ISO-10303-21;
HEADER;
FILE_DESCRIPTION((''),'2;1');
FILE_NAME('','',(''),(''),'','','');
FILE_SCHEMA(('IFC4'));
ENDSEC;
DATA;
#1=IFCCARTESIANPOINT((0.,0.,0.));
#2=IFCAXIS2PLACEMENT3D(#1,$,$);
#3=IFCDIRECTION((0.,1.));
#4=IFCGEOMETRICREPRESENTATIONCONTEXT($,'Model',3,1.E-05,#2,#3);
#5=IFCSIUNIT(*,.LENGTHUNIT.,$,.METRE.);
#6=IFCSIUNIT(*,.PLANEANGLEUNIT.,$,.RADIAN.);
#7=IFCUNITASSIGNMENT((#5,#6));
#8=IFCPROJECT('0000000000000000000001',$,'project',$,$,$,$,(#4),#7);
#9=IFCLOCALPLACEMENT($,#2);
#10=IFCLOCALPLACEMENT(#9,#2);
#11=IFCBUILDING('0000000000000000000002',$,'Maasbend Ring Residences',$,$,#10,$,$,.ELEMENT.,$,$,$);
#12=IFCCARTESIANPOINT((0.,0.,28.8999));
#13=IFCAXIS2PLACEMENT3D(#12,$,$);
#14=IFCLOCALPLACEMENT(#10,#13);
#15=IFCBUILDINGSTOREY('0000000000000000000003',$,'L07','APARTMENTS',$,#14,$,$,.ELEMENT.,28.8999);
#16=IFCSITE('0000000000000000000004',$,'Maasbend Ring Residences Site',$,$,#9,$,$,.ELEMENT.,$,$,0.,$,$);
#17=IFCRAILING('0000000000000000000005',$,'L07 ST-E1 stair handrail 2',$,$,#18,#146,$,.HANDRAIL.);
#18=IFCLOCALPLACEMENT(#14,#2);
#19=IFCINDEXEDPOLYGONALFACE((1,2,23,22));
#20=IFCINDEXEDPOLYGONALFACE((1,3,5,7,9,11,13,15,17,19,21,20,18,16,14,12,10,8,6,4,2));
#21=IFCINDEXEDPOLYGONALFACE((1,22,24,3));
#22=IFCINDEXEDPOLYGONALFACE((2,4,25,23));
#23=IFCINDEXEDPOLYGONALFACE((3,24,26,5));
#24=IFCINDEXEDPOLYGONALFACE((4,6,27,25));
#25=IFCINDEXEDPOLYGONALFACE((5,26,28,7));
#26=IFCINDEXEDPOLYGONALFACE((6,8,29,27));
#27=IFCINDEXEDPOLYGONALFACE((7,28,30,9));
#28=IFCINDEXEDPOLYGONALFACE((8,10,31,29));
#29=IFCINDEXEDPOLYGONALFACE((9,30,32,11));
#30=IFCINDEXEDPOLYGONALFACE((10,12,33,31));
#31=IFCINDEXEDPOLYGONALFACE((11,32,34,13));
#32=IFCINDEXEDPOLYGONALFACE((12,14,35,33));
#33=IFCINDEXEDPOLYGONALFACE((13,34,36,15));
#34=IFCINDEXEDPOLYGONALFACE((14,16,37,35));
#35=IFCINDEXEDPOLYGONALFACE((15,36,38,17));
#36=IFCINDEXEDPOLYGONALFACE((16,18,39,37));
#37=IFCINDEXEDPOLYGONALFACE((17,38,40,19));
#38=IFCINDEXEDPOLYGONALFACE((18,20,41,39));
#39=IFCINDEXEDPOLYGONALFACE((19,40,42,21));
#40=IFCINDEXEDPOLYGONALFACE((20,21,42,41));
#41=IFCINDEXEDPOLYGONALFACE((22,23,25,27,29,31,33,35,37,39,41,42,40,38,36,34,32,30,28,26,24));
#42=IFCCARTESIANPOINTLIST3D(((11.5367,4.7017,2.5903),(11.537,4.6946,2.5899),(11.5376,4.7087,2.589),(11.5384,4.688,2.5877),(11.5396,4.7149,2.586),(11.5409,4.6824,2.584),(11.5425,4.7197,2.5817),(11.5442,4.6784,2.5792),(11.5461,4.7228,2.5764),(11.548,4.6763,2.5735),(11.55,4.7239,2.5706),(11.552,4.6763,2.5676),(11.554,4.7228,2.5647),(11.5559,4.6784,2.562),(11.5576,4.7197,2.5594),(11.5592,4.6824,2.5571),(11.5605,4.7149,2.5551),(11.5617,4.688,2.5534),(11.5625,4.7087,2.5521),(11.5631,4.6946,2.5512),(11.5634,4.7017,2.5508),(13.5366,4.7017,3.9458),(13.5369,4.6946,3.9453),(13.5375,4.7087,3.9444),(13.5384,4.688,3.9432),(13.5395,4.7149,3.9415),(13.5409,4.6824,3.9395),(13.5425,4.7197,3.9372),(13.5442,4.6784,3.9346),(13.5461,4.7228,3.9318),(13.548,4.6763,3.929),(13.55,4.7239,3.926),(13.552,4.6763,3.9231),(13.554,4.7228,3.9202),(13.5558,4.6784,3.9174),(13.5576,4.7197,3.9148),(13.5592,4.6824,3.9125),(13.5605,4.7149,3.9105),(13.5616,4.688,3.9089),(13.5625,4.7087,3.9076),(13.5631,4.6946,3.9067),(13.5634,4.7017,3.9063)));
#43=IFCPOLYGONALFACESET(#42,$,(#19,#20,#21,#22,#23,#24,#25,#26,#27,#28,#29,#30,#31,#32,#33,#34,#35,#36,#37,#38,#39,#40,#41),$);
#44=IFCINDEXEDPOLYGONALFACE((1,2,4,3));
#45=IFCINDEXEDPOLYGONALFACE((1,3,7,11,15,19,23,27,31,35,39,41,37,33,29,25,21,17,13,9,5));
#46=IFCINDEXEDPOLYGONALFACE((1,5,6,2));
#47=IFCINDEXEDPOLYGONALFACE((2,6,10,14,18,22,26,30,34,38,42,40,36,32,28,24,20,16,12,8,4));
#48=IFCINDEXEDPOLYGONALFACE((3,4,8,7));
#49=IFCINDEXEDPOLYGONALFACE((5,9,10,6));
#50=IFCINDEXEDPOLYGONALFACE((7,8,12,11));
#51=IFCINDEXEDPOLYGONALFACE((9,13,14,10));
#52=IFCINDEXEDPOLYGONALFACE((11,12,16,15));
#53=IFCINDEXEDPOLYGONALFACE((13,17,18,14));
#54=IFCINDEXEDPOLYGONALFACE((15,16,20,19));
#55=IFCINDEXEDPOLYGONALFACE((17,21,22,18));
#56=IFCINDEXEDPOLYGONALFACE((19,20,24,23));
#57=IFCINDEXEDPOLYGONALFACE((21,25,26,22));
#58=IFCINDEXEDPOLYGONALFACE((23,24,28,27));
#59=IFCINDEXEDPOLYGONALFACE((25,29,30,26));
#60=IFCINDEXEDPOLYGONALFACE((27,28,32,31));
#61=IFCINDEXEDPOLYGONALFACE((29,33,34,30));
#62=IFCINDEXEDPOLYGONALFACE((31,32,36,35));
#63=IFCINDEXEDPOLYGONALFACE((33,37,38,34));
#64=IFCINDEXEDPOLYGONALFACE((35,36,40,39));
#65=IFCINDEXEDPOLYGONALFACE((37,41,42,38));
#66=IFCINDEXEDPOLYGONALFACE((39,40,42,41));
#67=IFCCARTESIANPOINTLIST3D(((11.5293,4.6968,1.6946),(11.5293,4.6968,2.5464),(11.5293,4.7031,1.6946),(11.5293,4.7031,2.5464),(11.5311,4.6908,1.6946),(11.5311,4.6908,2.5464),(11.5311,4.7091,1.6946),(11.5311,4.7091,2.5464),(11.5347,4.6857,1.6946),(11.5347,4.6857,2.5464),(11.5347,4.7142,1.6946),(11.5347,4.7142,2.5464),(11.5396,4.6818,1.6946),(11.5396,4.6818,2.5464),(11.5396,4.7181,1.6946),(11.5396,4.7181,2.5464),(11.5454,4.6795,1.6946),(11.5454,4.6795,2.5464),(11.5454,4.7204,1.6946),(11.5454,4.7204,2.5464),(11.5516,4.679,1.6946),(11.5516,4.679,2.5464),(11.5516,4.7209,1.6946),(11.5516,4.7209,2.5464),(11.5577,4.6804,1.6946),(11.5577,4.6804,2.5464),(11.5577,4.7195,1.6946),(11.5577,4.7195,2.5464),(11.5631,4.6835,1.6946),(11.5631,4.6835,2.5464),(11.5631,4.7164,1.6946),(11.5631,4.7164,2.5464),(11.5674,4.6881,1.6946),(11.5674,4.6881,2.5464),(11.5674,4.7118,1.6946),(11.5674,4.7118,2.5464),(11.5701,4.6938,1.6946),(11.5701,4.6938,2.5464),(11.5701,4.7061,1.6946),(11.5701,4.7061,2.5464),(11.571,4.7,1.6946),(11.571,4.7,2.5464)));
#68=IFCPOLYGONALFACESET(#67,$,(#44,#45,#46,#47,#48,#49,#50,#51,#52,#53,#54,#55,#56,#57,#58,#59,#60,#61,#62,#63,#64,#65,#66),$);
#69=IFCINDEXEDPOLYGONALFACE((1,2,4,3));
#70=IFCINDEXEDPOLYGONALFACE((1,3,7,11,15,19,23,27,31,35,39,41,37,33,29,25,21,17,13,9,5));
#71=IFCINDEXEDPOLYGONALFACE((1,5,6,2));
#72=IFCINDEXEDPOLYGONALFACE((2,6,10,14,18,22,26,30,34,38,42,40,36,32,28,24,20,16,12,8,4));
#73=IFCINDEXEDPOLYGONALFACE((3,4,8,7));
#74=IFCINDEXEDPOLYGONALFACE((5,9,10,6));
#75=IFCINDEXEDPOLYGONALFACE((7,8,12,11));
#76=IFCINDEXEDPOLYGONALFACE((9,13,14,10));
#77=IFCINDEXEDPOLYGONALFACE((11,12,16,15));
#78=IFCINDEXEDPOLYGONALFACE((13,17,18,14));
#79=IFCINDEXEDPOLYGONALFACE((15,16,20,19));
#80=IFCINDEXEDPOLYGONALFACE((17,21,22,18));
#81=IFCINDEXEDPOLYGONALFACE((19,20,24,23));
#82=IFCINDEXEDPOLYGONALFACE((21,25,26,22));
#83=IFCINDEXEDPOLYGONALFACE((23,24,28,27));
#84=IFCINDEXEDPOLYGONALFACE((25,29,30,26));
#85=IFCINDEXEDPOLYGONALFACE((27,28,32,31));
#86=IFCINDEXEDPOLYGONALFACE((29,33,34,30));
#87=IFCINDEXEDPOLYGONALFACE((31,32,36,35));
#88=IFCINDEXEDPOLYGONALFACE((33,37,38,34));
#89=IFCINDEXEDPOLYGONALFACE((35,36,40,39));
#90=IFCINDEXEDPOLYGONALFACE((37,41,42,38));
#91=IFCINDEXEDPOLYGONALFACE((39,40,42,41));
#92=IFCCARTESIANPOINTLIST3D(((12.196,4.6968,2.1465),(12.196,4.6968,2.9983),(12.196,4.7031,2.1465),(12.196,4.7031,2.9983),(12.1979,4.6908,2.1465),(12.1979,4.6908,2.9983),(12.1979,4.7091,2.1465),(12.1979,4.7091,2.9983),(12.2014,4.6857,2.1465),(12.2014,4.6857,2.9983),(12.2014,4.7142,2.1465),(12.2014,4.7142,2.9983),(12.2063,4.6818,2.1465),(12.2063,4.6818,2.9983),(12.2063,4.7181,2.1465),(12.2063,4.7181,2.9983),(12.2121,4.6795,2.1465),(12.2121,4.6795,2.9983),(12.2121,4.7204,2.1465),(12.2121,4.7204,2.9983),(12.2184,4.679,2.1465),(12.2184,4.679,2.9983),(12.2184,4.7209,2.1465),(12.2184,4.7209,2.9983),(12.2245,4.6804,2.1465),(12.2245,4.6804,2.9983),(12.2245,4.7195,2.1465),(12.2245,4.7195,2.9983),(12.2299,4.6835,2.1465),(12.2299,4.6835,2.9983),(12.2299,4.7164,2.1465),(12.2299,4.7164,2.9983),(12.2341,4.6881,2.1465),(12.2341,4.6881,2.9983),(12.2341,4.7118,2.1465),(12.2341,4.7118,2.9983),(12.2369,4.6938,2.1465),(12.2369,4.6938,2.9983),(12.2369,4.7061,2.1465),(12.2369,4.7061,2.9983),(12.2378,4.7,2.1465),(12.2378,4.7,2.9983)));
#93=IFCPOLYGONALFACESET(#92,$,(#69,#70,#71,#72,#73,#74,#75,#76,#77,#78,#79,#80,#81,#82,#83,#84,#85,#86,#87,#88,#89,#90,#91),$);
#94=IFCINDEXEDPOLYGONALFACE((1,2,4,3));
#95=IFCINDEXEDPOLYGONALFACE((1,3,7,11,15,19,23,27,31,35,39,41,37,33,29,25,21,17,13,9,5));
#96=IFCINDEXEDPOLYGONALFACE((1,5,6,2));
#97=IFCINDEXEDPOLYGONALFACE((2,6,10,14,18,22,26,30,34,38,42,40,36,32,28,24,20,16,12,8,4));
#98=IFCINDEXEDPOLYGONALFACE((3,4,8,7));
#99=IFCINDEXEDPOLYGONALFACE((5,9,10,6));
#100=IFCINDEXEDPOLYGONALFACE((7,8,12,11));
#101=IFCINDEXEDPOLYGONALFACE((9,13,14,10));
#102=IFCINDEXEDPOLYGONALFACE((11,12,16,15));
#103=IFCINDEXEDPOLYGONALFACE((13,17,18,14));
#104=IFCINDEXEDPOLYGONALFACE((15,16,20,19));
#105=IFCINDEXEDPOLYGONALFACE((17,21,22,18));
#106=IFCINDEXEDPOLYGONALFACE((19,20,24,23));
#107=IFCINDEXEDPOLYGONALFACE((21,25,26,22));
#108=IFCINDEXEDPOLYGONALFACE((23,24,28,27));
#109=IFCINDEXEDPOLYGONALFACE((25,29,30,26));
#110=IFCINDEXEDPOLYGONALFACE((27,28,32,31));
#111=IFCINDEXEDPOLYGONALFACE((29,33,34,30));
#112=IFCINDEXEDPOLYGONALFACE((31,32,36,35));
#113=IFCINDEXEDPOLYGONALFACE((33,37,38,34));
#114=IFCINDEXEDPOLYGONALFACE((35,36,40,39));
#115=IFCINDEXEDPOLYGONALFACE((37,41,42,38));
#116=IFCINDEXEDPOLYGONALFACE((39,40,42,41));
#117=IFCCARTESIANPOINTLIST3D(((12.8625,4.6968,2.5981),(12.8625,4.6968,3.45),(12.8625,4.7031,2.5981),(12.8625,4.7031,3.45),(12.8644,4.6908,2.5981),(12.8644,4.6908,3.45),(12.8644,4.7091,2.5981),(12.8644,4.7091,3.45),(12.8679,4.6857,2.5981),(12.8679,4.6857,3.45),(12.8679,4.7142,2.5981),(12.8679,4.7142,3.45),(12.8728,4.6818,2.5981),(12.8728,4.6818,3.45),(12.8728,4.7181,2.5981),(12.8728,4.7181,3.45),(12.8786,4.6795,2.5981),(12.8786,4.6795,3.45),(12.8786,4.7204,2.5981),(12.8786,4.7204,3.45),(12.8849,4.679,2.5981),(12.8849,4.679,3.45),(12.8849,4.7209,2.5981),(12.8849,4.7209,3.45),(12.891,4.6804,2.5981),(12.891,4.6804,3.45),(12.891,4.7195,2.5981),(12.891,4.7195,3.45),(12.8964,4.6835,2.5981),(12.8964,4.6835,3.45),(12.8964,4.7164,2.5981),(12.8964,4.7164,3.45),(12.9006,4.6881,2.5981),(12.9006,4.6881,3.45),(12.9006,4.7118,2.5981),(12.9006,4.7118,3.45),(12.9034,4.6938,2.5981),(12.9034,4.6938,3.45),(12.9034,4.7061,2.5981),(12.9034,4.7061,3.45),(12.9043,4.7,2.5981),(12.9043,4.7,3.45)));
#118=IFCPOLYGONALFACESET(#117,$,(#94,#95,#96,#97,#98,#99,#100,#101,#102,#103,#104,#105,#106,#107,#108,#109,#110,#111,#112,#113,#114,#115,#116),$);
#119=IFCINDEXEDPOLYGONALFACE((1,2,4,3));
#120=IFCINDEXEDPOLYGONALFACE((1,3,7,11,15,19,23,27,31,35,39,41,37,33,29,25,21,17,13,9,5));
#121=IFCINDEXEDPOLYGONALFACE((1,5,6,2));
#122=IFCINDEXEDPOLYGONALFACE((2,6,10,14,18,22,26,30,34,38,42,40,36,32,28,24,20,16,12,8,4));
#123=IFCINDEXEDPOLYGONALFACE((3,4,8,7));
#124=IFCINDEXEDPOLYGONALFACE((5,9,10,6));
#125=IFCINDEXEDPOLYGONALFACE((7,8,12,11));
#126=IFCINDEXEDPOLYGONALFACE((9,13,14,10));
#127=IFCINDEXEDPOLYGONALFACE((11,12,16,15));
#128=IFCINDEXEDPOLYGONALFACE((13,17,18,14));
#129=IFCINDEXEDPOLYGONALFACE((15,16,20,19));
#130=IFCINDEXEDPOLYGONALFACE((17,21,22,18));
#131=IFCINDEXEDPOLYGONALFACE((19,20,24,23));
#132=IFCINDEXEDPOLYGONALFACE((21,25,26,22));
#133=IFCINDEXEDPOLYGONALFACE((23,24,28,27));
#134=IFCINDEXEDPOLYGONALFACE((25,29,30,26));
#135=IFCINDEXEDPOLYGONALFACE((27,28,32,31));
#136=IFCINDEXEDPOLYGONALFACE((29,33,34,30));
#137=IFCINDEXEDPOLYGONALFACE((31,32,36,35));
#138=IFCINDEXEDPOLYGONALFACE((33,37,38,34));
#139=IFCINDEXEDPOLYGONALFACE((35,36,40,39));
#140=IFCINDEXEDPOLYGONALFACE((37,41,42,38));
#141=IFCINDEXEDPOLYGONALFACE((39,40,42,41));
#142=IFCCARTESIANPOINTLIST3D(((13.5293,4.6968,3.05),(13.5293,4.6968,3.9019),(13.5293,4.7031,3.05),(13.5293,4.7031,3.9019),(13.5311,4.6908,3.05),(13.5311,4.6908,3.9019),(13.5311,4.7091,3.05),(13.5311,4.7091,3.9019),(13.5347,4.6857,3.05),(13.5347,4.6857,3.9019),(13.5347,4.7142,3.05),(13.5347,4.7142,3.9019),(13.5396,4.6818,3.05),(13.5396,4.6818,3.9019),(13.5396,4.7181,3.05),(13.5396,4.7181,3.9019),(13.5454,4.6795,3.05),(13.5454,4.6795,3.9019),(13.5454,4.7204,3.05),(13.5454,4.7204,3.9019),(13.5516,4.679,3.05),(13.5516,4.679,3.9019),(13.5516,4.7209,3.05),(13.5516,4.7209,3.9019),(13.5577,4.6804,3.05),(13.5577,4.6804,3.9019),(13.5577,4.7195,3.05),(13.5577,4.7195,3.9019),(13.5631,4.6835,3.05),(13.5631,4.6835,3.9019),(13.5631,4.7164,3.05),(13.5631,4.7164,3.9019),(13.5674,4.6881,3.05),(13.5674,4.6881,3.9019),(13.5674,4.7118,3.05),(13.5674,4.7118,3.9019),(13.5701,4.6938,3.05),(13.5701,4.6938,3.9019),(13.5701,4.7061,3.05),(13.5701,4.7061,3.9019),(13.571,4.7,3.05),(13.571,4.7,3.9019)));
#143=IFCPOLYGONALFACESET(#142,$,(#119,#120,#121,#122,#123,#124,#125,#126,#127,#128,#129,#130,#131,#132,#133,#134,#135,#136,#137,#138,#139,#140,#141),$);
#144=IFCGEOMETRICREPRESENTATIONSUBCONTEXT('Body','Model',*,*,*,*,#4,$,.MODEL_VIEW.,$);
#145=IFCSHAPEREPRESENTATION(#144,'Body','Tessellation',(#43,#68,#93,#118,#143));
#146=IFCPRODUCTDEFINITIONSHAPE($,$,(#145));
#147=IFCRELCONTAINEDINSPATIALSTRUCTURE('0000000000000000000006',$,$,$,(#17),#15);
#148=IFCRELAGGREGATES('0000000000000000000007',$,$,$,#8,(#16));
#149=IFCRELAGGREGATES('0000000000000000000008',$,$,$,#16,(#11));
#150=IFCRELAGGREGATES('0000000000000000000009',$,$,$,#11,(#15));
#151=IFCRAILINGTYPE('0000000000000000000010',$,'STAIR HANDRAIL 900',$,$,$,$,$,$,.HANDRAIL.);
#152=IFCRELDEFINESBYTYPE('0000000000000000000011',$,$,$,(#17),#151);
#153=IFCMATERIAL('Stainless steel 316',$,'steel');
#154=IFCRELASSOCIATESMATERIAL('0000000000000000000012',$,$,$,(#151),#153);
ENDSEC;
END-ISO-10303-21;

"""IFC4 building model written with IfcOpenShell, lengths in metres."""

from ifc_helpers import new_model, si_unit, direction, frame, origin, origin_2d, place, context, subcontext, project, spatial, circle, extrude, material, type_object, element, save


model = new_model("IFC4")

# Units and contexts
model_context = context("Model", 3, precision=1e-05, world=origin(), true_north=direction((0.0, 1.0)))
body_context = subcontext(model_context, "Body", "Model", "MODEL_VIEW")
ifc_project = project(units=[si_unit("LENGTHUNIT", "METRE"), si_unit("PLANEANGLEUNIT", "RADIAN")], contexts=[model_context])

# Site, building, storey
site_placement = place(None, origin())
site = spatial("IfcSite", under=ifc_project, at=site_placement, Name="Maasbend Ring Residences Site", CompositionType="ELEMENT", RefElevation=0.0)
building_placement = place(site_placement, origin())
building = spatial("IfcBuilding", under=site, at=building_placement, Name="Maasbend Ring Residences", CompositionType="ELEMENT")
storey_placement = place(building_placement, frame((0.0, 0.0, 28.8999)))
storey = spatial("IfcBuildingStorey", under=building, at=storey_placement, Name="L07", Description="APARTMENTS", CompositionType="ELEMENT", Elevation=28.8999)

# Railing
ifc_material_1 = material(Name="Stainless steel 316", Category="steel")
railing_type_1 = type_object("IfcRailingType", Name="STAIR HANDRAIL 900", PredefinedType="HANDRAIL", material=ifc_material_1)
railing_1_placement = place(storey_placement, frame((11.55, 4.7, 1.6946)))
element("IfcRailing", 1, at=railing_1_placement, inside=storey, type_object=railing_type_1, Name="L07 ST-E1 stair handrail 2", PredefinedType="HANDRAIL", context=body_context, shape_type="SweptSolid", body=[
    extrude(circle(Radius=0.0239, at=origin_2d()), frame((0.0, 0.0, 0.876), z_axis=(0.827798, 0.0, 0.561027), x_axis=(0.0, 1.0, 0.0)), (0.0, 0.0, 1.0), 2.416),
    extrude(circle(Radius=0.021, at=origin_2d()), origin(), (0.0, 0.0, 1.0), 0.8518),
    extrude(circle(Radius=0.021, at=origin_2d()), frame((0.6667, 0.0, 0.4519)), (0.0, 0.0, 1.0), 0.8518),
    extrude(circle(Radius=0.021, at=origin_2d()), frame((1.3333, 0.0, 0.9036)), (0.0, 0.0, 1.0), 0.8518),
    extrude(circle(Radius=0.021, at=origin_2d()), frame((2.0, 0.0, 1.3555)), (0.0, 0.0, 1.0), 0.8518),
])

save(model, "model.ifc")
